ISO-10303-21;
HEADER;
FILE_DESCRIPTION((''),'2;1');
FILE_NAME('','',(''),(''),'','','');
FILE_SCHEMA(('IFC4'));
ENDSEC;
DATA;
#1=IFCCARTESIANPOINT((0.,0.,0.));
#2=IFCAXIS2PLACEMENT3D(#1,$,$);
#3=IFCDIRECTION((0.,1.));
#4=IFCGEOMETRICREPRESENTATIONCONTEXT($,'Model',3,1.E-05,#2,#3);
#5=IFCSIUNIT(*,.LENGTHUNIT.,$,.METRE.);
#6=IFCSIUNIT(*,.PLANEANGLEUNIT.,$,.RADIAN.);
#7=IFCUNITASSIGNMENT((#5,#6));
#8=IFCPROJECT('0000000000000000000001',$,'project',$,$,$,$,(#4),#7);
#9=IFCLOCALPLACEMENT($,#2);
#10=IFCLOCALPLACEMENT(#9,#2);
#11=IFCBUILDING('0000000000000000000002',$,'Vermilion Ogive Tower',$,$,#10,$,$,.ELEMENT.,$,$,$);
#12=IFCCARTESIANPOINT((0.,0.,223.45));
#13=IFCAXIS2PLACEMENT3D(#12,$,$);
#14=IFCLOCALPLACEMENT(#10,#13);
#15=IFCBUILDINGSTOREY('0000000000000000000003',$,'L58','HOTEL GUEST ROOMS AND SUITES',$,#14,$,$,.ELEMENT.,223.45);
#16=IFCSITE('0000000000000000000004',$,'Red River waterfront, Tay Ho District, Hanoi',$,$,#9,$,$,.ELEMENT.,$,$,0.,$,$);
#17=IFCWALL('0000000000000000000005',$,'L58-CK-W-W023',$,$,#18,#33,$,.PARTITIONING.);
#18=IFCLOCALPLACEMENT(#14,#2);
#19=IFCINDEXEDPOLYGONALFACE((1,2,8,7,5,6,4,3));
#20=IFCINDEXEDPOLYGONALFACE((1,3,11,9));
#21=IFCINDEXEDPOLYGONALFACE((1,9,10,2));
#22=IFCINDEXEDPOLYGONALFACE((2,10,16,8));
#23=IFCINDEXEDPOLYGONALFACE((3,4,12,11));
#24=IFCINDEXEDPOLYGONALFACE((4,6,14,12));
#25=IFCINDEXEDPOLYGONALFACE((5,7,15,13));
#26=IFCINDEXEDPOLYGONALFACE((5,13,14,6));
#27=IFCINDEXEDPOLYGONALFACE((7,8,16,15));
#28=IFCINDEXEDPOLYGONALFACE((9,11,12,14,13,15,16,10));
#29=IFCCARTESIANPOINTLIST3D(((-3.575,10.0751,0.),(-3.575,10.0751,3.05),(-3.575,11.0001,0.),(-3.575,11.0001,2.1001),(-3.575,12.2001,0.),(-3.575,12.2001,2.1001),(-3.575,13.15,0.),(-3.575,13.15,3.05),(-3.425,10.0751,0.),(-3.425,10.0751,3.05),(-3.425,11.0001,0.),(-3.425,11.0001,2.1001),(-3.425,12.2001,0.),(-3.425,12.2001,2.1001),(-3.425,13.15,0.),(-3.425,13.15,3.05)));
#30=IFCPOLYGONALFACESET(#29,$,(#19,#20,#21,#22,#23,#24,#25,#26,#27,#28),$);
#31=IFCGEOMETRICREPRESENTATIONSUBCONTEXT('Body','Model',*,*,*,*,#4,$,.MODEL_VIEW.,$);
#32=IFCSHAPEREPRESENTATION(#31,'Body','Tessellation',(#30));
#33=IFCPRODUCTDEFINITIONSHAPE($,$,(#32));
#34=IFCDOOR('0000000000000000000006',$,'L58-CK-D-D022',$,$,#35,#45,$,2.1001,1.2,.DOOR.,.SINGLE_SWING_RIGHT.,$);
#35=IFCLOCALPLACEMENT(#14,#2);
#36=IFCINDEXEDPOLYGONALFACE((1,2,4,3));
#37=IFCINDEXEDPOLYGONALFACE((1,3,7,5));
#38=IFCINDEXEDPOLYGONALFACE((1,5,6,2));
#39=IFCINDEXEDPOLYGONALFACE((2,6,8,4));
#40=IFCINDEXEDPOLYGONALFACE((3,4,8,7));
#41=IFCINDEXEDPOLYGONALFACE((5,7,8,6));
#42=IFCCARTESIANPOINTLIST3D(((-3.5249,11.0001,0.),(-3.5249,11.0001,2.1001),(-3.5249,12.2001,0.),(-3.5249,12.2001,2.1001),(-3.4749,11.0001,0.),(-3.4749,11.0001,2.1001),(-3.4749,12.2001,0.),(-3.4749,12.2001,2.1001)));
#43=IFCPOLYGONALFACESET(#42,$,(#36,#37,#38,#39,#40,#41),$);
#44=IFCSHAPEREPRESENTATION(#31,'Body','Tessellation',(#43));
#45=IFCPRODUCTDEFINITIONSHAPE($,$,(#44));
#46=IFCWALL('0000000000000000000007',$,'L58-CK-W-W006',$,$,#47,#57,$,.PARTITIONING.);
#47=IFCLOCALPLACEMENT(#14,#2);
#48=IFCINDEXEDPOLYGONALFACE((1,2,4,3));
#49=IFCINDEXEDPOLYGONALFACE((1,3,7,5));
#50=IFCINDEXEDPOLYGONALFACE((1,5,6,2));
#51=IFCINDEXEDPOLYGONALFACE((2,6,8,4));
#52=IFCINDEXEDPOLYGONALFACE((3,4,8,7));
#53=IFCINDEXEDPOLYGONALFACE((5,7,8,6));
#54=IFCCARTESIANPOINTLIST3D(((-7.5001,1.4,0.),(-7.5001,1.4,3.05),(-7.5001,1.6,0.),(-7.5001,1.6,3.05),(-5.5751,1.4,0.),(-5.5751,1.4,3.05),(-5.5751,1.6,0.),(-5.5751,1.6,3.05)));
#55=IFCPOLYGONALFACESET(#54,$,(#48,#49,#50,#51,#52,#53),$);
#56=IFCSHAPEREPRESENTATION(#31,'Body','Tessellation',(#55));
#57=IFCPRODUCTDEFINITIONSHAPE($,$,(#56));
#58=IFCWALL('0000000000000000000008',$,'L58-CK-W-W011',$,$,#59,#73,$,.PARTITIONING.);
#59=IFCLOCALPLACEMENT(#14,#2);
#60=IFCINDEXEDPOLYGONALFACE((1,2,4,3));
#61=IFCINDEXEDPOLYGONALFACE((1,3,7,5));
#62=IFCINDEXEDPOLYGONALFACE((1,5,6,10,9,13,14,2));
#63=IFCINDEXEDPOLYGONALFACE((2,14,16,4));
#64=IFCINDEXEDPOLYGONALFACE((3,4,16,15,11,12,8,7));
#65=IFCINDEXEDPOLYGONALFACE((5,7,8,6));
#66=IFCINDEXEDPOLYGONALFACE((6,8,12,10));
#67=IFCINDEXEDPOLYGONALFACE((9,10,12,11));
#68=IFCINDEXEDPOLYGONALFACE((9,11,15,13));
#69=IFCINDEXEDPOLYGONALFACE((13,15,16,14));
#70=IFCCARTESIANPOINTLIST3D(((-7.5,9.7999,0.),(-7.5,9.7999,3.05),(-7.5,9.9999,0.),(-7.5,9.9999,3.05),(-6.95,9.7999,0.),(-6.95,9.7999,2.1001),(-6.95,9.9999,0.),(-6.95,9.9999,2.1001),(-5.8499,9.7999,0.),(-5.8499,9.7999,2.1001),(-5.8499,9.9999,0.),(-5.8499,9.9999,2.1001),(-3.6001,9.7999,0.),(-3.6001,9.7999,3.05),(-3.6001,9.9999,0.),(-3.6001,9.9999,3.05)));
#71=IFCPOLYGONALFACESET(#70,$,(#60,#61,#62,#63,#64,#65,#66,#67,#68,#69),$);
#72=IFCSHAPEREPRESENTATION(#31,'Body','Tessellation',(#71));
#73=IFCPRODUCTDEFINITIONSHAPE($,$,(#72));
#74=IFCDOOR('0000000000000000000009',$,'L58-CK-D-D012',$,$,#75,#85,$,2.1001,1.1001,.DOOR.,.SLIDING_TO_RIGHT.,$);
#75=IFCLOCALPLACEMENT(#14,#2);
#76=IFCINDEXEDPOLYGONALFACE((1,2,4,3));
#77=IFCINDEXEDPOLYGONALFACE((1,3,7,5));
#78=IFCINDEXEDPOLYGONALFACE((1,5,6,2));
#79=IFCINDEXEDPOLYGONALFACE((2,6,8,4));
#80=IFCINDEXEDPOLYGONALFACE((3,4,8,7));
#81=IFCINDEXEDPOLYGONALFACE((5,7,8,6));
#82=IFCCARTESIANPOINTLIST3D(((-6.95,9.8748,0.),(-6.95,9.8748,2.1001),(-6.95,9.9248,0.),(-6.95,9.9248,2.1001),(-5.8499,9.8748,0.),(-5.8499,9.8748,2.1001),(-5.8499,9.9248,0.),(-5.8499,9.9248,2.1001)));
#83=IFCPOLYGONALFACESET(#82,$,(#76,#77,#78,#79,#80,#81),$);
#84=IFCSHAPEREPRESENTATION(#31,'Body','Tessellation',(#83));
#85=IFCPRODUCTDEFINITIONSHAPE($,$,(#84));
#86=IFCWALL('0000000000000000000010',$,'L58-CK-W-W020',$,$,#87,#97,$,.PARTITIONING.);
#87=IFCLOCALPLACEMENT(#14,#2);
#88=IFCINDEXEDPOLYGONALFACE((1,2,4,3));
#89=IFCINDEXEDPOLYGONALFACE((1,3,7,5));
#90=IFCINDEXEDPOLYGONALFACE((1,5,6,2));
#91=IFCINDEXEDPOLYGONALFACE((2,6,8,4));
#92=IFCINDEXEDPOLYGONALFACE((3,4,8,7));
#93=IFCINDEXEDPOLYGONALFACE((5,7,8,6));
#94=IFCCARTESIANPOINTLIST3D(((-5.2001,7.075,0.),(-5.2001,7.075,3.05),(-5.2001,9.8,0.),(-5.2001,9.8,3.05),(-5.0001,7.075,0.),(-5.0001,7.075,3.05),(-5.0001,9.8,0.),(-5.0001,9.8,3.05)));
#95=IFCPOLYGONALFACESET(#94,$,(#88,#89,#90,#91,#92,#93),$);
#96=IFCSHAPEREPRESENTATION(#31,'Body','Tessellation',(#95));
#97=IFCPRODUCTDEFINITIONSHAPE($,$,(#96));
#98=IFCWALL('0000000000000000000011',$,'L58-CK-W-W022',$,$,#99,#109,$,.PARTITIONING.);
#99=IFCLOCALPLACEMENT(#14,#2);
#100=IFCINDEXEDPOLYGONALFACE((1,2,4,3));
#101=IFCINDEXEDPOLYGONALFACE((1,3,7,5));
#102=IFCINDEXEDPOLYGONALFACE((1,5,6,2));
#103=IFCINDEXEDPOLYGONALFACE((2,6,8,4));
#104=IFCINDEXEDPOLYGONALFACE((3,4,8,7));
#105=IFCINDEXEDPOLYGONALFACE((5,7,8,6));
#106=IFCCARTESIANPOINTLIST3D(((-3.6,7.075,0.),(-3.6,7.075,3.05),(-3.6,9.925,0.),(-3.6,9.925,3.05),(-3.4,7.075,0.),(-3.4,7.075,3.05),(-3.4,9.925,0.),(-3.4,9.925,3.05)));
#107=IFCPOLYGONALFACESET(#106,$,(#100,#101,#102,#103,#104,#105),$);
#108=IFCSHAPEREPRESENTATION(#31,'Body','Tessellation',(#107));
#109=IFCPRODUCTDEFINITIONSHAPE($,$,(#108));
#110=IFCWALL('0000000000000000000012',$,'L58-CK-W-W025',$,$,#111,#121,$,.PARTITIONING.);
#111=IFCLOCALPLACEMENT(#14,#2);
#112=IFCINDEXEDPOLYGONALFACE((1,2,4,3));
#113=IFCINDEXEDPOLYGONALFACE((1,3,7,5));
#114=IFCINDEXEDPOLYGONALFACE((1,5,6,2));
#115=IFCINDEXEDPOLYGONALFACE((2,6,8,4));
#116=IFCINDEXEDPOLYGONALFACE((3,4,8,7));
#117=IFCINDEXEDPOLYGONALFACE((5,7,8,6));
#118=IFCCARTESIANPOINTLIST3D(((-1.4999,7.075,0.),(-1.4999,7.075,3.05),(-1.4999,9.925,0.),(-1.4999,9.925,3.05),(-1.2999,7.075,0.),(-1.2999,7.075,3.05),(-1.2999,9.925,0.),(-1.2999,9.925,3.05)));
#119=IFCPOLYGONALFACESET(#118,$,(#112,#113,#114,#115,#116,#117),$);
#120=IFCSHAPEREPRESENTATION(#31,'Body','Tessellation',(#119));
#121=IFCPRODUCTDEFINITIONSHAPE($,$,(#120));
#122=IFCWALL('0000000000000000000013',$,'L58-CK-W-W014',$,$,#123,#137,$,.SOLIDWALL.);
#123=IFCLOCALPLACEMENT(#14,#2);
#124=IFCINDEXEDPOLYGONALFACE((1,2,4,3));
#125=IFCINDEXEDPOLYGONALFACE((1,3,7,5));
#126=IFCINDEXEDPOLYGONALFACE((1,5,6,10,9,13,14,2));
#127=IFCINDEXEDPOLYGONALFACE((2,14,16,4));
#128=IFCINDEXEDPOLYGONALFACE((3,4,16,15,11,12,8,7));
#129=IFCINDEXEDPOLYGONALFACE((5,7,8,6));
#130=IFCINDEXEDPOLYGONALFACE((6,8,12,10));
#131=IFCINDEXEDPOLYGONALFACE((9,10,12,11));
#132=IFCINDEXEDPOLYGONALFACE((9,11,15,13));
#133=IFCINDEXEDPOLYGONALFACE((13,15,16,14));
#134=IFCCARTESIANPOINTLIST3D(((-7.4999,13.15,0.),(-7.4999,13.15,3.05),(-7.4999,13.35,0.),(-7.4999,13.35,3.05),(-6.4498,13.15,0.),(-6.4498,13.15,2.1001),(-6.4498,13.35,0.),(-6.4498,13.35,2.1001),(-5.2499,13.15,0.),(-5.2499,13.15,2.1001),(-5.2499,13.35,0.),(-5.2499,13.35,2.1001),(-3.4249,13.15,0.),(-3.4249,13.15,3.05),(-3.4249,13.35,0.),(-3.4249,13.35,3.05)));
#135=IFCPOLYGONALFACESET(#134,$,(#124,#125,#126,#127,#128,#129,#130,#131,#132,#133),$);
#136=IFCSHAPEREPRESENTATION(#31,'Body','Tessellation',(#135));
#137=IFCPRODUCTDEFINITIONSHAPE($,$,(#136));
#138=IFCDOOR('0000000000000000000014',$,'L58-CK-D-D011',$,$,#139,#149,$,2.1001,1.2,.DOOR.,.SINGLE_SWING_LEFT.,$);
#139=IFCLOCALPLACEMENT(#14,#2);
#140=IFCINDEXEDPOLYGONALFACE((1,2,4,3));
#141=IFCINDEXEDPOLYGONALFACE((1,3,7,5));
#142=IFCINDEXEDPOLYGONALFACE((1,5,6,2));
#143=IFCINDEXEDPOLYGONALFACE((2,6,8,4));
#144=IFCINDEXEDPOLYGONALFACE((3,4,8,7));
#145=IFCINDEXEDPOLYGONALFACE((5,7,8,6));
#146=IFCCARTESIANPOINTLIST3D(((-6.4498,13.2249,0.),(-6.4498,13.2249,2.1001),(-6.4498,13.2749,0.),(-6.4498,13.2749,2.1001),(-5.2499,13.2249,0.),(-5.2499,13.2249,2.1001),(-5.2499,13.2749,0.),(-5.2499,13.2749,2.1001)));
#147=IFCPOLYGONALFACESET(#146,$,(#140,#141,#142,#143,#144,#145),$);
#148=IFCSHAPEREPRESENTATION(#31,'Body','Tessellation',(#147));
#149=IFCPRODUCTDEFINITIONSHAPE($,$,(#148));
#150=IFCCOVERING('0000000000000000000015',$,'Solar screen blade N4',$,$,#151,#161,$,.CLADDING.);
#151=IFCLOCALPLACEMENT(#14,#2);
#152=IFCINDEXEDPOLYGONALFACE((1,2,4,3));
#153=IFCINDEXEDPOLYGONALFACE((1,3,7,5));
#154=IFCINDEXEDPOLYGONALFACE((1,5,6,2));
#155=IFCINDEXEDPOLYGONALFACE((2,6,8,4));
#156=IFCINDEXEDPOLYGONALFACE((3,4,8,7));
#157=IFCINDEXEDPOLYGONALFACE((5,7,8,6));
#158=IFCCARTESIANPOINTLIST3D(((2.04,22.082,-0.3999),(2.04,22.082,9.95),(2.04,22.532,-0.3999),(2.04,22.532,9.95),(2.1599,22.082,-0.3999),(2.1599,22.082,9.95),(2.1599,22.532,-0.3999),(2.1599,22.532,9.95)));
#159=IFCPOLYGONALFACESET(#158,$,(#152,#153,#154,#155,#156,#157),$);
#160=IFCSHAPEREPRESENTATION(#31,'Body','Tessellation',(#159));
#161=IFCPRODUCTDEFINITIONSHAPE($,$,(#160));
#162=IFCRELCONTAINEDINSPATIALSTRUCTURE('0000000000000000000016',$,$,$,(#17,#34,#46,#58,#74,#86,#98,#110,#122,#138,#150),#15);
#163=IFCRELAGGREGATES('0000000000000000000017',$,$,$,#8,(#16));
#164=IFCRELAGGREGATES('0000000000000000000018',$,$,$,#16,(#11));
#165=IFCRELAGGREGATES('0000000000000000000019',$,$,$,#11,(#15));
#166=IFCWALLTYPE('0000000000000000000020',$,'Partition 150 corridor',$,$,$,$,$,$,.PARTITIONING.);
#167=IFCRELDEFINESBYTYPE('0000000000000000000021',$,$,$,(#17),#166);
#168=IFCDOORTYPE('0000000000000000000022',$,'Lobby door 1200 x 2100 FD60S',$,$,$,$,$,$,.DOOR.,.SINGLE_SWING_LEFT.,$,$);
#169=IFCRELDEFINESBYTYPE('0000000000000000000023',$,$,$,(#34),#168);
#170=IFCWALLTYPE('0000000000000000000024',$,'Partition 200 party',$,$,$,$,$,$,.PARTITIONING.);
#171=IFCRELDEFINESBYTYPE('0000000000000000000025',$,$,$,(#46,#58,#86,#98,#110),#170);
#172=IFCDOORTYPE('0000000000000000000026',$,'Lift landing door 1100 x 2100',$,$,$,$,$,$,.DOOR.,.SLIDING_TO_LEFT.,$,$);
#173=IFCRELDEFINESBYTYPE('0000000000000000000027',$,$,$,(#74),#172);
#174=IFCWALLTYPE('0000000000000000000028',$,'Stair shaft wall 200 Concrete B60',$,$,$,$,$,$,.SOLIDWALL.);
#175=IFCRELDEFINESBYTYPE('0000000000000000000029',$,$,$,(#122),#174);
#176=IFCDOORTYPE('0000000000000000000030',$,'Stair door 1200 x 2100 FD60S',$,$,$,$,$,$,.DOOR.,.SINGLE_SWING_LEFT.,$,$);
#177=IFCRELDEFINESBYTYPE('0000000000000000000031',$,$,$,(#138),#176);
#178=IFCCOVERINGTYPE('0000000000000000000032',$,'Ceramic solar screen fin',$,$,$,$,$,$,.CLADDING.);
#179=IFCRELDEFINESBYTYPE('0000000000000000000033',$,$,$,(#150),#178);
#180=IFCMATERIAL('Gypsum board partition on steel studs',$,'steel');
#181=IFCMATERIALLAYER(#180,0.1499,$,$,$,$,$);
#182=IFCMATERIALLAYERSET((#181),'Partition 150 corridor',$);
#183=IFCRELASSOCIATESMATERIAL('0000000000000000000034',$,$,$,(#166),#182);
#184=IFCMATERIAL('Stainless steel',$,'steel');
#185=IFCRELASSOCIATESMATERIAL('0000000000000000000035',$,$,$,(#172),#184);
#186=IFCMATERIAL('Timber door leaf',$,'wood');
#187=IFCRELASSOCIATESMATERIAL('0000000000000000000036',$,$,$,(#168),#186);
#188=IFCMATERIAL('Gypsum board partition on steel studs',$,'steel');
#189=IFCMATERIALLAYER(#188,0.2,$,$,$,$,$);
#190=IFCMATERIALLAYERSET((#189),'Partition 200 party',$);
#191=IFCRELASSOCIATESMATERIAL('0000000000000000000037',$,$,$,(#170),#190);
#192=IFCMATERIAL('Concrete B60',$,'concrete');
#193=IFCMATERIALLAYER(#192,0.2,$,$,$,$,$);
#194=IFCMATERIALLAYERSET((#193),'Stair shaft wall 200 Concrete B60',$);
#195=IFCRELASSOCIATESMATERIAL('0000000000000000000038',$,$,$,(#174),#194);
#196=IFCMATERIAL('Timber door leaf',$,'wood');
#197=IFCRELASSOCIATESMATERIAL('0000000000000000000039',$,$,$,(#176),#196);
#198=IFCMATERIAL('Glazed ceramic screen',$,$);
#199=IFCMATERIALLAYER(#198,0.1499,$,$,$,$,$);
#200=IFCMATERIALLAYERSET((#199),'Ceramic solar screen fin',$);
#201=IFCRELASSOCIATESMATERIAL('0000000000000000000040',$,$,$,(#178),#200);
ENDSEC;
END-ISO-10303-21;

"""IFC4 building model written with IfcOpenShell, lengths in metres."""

from ifc_helpers import new_model, si_unit, direction, frame, frame_2d, origin, place, context, subcontext, project, spatial, polyline, rectangle, outline, extrude, material, layer, layer_set, type_object, element, fill, save


model = new_model("IFC4")

# Units and contexts
model_context = context("Model", 3, precision=1e-05, world=origin(), true_north=direction((0.0, 1.0)))
body_context = subcontext(model_context, "Body", "Model", "MODEL_VIEW")
ifc_project = project(units=[si_unit("LENGTHUNIT", "METRE"), si_unit("PLANEANGLEUNIT", "RADIAN")], contexts=[model_context])

# Site, building, storey
site_placement = place(None, origin())
site = spatial("IfcSite", under=ifc_project, at=site_placement, Name="Red River waterfront, Tay Ho District, Hanoi", CompositionType="ELEMENT", RefElevation=0.0)
building_placement = place(site_placement, origin())
building = spatial("IfcBuilding", under=site, at=building_placement, Name="Vermilion Ogive Tower", CompositionType="ELEMENT")
storey_placement = place(building_placement, frame((0.0, 0.0, 223.45)))
storey = spatial("IfcBuildingStorey", under=building, at=storey_placement, Name="L58", Description="HOTEL GUEST ROOMS AND SUITES", CompositionType="ELEMENT", Elevation=223.45)

# Shared definitions
ifc_material_1 = material(Name="Gypsum board partition on steel studs", Category="steel")
ifc_layer_1 = layer(ifc_material_1, 0.1499)
ifc_layer_set_1 = layer_set([ifc_layer_1], Name="Partition 150 corridor")
wall_type_1 = type_object("IfcWallType", Name="Partition 150 corridor", PredefinedType="PARTITIONING", material=ifc_layer_set_1)

# Shared definitions
ifc_material_2 = material(Name="Stainless steel", Category="steel")
door_type_1 = type_object("IfcDoorType", Name="Lift landing door 1100 x 2100", OperationType="SLIDING_TO_LEFT", PredefinedType="DOOR", material=ifc_material_2)

# Wall, opening, door
wall_1_placement = place(storey_placement, frame((-3.5, 10.075, 0.0), z_axis=(0.0, 0.0, 1.0), x_axis=(0.0, 1.0, 0.0)))
wall_1 = element("IfcWall", 1, at=wall_1_placement, inside=storey, type_object=wall_type_1, Name="L58-CK-W-W023", PredefinedType="PARTITIONING", context=body_context, shape_type="SweptSolid", body=[
    extrude(rectangle(XDim=3.075, YDim=0.1499, at=frame_2d((1.5376, 0.0))), origin(), (0.0, 0.0, 1.0), 3.05),
])
opening_1_placement = place(wall_1_placement, frame((0.925, 0.0, 0.0)))
opening_1 = element("IfcOpeningElement", 2, at=opening_1_placement, cuts=wall_1, PredefinedType="OPENING", context=body_context, shape_type="SweptSolid", body=[
    extrude(rectangle(XDim=1.2, YDim=2.1001, at=frame_2d((0.6001, 1.05))), frame((0.0, 0.085, 0.0), z_axis=(0.0, -1.0, 0.0), x_axis=(1.0, 0.0, 0.0)), (0.0, 0.0, 1.0), 0.1699),
])
ifc_material_3 = material(Name="Timber door leaf", Category="wood")
door_type_2 = type_object("IfcDoorType", Name="Lobby door 1200 x 2100 FD60S", OperationType="SINGLE_SWING_LEFT", PredefinedType="DOOR", material=ifc_material_3)
door_1_placement = place(opening_1_placement, origin())
door_1 = element("IfcDoor", 3, at=door_1_placement, inside=storey, type_object=door_type_2, Name="L58-CK-D-D022", OperationType="SINGLE_SWING_RIGHT", OverallHeight=2.1001, OverallWidth=1.2, PredefinedType="DOOR", context=body_context, shape_type="SweptSolid", body=[
    extrude(rectangle(XDim=1.2, YDim=2.1001, at=frame_2d((0.6001, 1.05))), frame((0.0, 0.0249, 0.0), z_axis=(0.0, -1.0, 0.0), x_axis=(1.0, 0.0, 0.0)), (0.0, 0.0, 1.0), 0.05),
])
fill(opening_1, door_1)

# Wall
ifc_material_4 = material(Name="Gypsum board partition on steel studs", Category="steel")
ifc_layer_2 = layer(ifc_material_4, 0.2)
ifc_layer_set_2 = layer_set([ifc_layer_2], Name="Partition 200 party")
wall_type_2 = type_object("IfcWallType", Name="Partition 200 party", PredefinedType="PARTITIONING", material=ifc_layer_set_2)
wall_2_placement = place(storey_placement, frame((-7.5, 1.5, 0.0), z_axis=(0.0, 0.0, 1.0), x_axis=(1.0, 0.0, 0.0)))
element("IfcWall", 4, at=wall_2_placement, inside=storey, type_object=wall_type_2, Name="L58-CK-W-W006", PredefinedType="PARTITIONING", context=body_context, shape_type="SweptSolid", body=[
    extrude(rectangle(XDim=1.925, YDim=0.2, at=frame_2d((0.9624, 0.0))), origin(), (0.0, 0.0, 1.0), 3.05),
])

# Wall, opening, door
wall_3_placement = place(storey_placement, frame((-7.5, 9.8999, 0.0), z_axis=(0.0, 0.0, 1.0), x_axis=(1.0, 0.0, 0.0)))
wall_3 = element("IfcWall", 5, at=wall_3_placement, inside=storey, type_object=wall_type_2, Name="L58-CK-W-W011", PredefinedType="PARTITIONING", context=body_context, shape_type="SweptSolid", body=[
    extrude(rectangle(XDim=3.8999, YDim=0.2, at=frame_2d((1.95, 0.0))), origin(), (0.0, 0.0, 1.0), 3.05),
])
opening_2_placement = place(wall_3_placement, frame((0.55, 0.0, 0.0)))
opening_2 = element("IfcOpeningElement", 6, at=opening_2_placement, cuts=wall_3, PredefinedType="OPENING", context=body_context, shape_type="SweptSolid", body=[
    extrude(rectangle(XDim=1.1001, YDim=2.1001, at=frame_2d((0.55, 1.05))), frame((0.0, 0.1099, 0.0), z_axis=(0.0, -1.0, 0.0), x_axis=(1.0, 0.0, 0.0)), (0.0, 0.0, 1.0), 0.22),
])
door_2_placement = place(opening_2_placement, origin())
door_2 = element("IfcDoor", 7, at=door_2_placement, inside=storey, type_object=door_type_1, Name="L58-CK-D-D012", OperationType="SLIDING_TO_RIGHT", OverallHeight=2.1001, OverallWidth=1.1001, PredefinedType="DOOR", context=body_context, shape_type="SweptSolid", body=[
    extrude(rectangle(XDim=1.1001, YDim=2.1001, at=frame_2d((0.55, 1.05))), frame((0.0, 0.0249, 0.0), z_axis=(0.0, -1.0, 0.0), x_axis=(1.0, 0.0, 0.0)), (0.0, 0.0, 1.0), 0.05),
])
fill(opening_2, door_2)

# Walls
wall_4_placement = place(storey_placement, frame((-5.1001, 7.075, 0.0), z_axis=(0.0, 0.0, 1.0), x_axis=(0.0, 1.0, 0.0)))
element("IfcWall", 8, at=wall_4_placement, inside=storey, type_object=wall_type_2, Name="L58-CK-W-W020", PredefinedType="PARTITIONING", context=body_context, shape_type="SweptSolid", body=[
    extrude(rectangle(XDim=2.7251, YDim=0.2, at=frame_2d((1.3625, 0.0))), origin(), (0.0, 0.0, 1.0), 3.05),
])
for number, where, z_axis, x_axis, name in (
    (9, (-3.5, 7.075, 0.0), (0.0, 0.0, 1.0), (0.0, 1.0, 0.0), "L58-CK-W-W022"),
    (10, (-1.3999, 7.075, 0.0), (0.0, 0.0, 1.0), (0.0, 1.0, 0.0), "L58-CK-W-W025"),
):
    element("IfcWall", number, at=place(storey_placement, frame(where, z_axis=z_axis, x_axis=x_axis)), inside=storey, type_object=wall_type_2, Name=name, PredefinedType="PARTITIONING", context=body_context, shape_type="SweptSolid", body=[
        extrude(rectangle(XDim=2.8501, YDim=0.2, at=frame_2d((1.425, 0.0))), origin(), (0.0, 0.0, 1.0), 3.05),
    ])

# Wall, opening, door
ifc_material_5 = material(Name="Concrete B60", Category="concrete")
ifc_layer_3 = layer(ifc_material_5, 0.2)
ifc_layer_set_3 = layer_set([ifc_layer_3], Name="Stair shaft wall 200 Concrete B60")
wall_type_3 = type_object("IfcWallType", Name="Stair shaft wall 200 Concrete B60", PredefinedType="SOLIDWALL", material=ifc_layer_set_3)
wall_5_placement = place(storey_placement, frame((-7.5, 13.25, 0.0), z_axis=(0.0, 0.0, 1.0), x_axis=(1.0, 0.0, 0.0)))
wall_5 = element("IfcWall", 11, at=wall_5_placement, inside=storey, type_object=wall_type_3, Name="L58-CK-W-W014", PredefinedType="SOLIDWALL", context=body_context, shape_type="SweptSolid", body=[
    extrude(rectangle(XDim=4.075, YDim=0.2, at=frame_2d((2.0376, 0.0))), origin(), (0.0, 0.0, 1.0), 3.05),
])
opening_3_placement = place(wall_5_placement, frame((1.05, 0.0, 0.0)))
opening_3 = element("IfcOpeningElement", 12, at=opening_3_placement, cuts=wall_5, PredefinedType="OPENING", context=body_context, shape_type="SweptSolid", body=[
    extrude(rectangle(XDim=1.2, YDim=2.1001, at=frame_2d((0.6001, 1.05))), frame((0.0, 0.1099, 0.0), z_axis=(0.0, -1.0, 0.0), x_axis=(1.0, 0.0, 0.0)), (0.0, 0.0, 1.0), 0.22),
])
ifc_material_6 = material(Name="Timber door leaf", Category="wood")
door_type_3 = type_object("IfcDoorType", Name="Stair door 1200 x 2100 FD60S", OperationType="SINGLE_SWING_LEFT", PredefinedType="DOOR", material=ifc_material_6)
door_3_placement = place(opening_3_placement, origin())
door_3 = element("IfcDoor", 13, at=door_3_placement, inside=storey, type_object=door_type_3, Name="L58-CK-D-D011", OperationType="SINGLE_SWING_LEFT", OverallHeight=2.1001, OverallWidth=1.2, PredefinedType="DOOR", context=body_context, shape_type="SweptSolid", body=[
    extrude(rectangle(XDim=1.2, YDim=2.1001, at=frame_2d((0.6001, 1.05))), frame((0.0, 0.0249, 0.0), z_axis=(0.0, -1.0, 0.0), x_axis=(1.0, 0.0, 0.0)), (0.0, 0.0, 1.0), 0.05),
])
fill(opening_3, door_3)

# Covering
ifc_material_7 = material(Name="Glazed ceramic screen")
ifc_layer_4 = layer(ifc_material_7, 0.1499)
ifc_layer_set_4 = layer_set([ifc_layer_4], Name="Ceramic solar screen fin")
covering_type = type_object("IfcCoveringType", Name="Ceramic solar screen fin", PredefinedType="CLADDING", material=ifc_layer_set_4)
covering_placement = place(storey_placement, frame((0.0, 0.0, -0.3999)))
element("IfcCovering", 14, at=covering_placement, inside=storey, type_object=covering_type, Name="Solar screen blade N4", PredefinedType="CLADDING", context=body_context, shape_type="SweptSolid", body=[
    extrude(outline(polyline([(2.04, 22.082), (2.1599, 22.082), (2.1599, 22.532), (2.04, 22.532), (2.04, 22.082)])), origin(), (0.0, 0.0, 1.0), 10.3499),
])

save(model, "model.ifc")
